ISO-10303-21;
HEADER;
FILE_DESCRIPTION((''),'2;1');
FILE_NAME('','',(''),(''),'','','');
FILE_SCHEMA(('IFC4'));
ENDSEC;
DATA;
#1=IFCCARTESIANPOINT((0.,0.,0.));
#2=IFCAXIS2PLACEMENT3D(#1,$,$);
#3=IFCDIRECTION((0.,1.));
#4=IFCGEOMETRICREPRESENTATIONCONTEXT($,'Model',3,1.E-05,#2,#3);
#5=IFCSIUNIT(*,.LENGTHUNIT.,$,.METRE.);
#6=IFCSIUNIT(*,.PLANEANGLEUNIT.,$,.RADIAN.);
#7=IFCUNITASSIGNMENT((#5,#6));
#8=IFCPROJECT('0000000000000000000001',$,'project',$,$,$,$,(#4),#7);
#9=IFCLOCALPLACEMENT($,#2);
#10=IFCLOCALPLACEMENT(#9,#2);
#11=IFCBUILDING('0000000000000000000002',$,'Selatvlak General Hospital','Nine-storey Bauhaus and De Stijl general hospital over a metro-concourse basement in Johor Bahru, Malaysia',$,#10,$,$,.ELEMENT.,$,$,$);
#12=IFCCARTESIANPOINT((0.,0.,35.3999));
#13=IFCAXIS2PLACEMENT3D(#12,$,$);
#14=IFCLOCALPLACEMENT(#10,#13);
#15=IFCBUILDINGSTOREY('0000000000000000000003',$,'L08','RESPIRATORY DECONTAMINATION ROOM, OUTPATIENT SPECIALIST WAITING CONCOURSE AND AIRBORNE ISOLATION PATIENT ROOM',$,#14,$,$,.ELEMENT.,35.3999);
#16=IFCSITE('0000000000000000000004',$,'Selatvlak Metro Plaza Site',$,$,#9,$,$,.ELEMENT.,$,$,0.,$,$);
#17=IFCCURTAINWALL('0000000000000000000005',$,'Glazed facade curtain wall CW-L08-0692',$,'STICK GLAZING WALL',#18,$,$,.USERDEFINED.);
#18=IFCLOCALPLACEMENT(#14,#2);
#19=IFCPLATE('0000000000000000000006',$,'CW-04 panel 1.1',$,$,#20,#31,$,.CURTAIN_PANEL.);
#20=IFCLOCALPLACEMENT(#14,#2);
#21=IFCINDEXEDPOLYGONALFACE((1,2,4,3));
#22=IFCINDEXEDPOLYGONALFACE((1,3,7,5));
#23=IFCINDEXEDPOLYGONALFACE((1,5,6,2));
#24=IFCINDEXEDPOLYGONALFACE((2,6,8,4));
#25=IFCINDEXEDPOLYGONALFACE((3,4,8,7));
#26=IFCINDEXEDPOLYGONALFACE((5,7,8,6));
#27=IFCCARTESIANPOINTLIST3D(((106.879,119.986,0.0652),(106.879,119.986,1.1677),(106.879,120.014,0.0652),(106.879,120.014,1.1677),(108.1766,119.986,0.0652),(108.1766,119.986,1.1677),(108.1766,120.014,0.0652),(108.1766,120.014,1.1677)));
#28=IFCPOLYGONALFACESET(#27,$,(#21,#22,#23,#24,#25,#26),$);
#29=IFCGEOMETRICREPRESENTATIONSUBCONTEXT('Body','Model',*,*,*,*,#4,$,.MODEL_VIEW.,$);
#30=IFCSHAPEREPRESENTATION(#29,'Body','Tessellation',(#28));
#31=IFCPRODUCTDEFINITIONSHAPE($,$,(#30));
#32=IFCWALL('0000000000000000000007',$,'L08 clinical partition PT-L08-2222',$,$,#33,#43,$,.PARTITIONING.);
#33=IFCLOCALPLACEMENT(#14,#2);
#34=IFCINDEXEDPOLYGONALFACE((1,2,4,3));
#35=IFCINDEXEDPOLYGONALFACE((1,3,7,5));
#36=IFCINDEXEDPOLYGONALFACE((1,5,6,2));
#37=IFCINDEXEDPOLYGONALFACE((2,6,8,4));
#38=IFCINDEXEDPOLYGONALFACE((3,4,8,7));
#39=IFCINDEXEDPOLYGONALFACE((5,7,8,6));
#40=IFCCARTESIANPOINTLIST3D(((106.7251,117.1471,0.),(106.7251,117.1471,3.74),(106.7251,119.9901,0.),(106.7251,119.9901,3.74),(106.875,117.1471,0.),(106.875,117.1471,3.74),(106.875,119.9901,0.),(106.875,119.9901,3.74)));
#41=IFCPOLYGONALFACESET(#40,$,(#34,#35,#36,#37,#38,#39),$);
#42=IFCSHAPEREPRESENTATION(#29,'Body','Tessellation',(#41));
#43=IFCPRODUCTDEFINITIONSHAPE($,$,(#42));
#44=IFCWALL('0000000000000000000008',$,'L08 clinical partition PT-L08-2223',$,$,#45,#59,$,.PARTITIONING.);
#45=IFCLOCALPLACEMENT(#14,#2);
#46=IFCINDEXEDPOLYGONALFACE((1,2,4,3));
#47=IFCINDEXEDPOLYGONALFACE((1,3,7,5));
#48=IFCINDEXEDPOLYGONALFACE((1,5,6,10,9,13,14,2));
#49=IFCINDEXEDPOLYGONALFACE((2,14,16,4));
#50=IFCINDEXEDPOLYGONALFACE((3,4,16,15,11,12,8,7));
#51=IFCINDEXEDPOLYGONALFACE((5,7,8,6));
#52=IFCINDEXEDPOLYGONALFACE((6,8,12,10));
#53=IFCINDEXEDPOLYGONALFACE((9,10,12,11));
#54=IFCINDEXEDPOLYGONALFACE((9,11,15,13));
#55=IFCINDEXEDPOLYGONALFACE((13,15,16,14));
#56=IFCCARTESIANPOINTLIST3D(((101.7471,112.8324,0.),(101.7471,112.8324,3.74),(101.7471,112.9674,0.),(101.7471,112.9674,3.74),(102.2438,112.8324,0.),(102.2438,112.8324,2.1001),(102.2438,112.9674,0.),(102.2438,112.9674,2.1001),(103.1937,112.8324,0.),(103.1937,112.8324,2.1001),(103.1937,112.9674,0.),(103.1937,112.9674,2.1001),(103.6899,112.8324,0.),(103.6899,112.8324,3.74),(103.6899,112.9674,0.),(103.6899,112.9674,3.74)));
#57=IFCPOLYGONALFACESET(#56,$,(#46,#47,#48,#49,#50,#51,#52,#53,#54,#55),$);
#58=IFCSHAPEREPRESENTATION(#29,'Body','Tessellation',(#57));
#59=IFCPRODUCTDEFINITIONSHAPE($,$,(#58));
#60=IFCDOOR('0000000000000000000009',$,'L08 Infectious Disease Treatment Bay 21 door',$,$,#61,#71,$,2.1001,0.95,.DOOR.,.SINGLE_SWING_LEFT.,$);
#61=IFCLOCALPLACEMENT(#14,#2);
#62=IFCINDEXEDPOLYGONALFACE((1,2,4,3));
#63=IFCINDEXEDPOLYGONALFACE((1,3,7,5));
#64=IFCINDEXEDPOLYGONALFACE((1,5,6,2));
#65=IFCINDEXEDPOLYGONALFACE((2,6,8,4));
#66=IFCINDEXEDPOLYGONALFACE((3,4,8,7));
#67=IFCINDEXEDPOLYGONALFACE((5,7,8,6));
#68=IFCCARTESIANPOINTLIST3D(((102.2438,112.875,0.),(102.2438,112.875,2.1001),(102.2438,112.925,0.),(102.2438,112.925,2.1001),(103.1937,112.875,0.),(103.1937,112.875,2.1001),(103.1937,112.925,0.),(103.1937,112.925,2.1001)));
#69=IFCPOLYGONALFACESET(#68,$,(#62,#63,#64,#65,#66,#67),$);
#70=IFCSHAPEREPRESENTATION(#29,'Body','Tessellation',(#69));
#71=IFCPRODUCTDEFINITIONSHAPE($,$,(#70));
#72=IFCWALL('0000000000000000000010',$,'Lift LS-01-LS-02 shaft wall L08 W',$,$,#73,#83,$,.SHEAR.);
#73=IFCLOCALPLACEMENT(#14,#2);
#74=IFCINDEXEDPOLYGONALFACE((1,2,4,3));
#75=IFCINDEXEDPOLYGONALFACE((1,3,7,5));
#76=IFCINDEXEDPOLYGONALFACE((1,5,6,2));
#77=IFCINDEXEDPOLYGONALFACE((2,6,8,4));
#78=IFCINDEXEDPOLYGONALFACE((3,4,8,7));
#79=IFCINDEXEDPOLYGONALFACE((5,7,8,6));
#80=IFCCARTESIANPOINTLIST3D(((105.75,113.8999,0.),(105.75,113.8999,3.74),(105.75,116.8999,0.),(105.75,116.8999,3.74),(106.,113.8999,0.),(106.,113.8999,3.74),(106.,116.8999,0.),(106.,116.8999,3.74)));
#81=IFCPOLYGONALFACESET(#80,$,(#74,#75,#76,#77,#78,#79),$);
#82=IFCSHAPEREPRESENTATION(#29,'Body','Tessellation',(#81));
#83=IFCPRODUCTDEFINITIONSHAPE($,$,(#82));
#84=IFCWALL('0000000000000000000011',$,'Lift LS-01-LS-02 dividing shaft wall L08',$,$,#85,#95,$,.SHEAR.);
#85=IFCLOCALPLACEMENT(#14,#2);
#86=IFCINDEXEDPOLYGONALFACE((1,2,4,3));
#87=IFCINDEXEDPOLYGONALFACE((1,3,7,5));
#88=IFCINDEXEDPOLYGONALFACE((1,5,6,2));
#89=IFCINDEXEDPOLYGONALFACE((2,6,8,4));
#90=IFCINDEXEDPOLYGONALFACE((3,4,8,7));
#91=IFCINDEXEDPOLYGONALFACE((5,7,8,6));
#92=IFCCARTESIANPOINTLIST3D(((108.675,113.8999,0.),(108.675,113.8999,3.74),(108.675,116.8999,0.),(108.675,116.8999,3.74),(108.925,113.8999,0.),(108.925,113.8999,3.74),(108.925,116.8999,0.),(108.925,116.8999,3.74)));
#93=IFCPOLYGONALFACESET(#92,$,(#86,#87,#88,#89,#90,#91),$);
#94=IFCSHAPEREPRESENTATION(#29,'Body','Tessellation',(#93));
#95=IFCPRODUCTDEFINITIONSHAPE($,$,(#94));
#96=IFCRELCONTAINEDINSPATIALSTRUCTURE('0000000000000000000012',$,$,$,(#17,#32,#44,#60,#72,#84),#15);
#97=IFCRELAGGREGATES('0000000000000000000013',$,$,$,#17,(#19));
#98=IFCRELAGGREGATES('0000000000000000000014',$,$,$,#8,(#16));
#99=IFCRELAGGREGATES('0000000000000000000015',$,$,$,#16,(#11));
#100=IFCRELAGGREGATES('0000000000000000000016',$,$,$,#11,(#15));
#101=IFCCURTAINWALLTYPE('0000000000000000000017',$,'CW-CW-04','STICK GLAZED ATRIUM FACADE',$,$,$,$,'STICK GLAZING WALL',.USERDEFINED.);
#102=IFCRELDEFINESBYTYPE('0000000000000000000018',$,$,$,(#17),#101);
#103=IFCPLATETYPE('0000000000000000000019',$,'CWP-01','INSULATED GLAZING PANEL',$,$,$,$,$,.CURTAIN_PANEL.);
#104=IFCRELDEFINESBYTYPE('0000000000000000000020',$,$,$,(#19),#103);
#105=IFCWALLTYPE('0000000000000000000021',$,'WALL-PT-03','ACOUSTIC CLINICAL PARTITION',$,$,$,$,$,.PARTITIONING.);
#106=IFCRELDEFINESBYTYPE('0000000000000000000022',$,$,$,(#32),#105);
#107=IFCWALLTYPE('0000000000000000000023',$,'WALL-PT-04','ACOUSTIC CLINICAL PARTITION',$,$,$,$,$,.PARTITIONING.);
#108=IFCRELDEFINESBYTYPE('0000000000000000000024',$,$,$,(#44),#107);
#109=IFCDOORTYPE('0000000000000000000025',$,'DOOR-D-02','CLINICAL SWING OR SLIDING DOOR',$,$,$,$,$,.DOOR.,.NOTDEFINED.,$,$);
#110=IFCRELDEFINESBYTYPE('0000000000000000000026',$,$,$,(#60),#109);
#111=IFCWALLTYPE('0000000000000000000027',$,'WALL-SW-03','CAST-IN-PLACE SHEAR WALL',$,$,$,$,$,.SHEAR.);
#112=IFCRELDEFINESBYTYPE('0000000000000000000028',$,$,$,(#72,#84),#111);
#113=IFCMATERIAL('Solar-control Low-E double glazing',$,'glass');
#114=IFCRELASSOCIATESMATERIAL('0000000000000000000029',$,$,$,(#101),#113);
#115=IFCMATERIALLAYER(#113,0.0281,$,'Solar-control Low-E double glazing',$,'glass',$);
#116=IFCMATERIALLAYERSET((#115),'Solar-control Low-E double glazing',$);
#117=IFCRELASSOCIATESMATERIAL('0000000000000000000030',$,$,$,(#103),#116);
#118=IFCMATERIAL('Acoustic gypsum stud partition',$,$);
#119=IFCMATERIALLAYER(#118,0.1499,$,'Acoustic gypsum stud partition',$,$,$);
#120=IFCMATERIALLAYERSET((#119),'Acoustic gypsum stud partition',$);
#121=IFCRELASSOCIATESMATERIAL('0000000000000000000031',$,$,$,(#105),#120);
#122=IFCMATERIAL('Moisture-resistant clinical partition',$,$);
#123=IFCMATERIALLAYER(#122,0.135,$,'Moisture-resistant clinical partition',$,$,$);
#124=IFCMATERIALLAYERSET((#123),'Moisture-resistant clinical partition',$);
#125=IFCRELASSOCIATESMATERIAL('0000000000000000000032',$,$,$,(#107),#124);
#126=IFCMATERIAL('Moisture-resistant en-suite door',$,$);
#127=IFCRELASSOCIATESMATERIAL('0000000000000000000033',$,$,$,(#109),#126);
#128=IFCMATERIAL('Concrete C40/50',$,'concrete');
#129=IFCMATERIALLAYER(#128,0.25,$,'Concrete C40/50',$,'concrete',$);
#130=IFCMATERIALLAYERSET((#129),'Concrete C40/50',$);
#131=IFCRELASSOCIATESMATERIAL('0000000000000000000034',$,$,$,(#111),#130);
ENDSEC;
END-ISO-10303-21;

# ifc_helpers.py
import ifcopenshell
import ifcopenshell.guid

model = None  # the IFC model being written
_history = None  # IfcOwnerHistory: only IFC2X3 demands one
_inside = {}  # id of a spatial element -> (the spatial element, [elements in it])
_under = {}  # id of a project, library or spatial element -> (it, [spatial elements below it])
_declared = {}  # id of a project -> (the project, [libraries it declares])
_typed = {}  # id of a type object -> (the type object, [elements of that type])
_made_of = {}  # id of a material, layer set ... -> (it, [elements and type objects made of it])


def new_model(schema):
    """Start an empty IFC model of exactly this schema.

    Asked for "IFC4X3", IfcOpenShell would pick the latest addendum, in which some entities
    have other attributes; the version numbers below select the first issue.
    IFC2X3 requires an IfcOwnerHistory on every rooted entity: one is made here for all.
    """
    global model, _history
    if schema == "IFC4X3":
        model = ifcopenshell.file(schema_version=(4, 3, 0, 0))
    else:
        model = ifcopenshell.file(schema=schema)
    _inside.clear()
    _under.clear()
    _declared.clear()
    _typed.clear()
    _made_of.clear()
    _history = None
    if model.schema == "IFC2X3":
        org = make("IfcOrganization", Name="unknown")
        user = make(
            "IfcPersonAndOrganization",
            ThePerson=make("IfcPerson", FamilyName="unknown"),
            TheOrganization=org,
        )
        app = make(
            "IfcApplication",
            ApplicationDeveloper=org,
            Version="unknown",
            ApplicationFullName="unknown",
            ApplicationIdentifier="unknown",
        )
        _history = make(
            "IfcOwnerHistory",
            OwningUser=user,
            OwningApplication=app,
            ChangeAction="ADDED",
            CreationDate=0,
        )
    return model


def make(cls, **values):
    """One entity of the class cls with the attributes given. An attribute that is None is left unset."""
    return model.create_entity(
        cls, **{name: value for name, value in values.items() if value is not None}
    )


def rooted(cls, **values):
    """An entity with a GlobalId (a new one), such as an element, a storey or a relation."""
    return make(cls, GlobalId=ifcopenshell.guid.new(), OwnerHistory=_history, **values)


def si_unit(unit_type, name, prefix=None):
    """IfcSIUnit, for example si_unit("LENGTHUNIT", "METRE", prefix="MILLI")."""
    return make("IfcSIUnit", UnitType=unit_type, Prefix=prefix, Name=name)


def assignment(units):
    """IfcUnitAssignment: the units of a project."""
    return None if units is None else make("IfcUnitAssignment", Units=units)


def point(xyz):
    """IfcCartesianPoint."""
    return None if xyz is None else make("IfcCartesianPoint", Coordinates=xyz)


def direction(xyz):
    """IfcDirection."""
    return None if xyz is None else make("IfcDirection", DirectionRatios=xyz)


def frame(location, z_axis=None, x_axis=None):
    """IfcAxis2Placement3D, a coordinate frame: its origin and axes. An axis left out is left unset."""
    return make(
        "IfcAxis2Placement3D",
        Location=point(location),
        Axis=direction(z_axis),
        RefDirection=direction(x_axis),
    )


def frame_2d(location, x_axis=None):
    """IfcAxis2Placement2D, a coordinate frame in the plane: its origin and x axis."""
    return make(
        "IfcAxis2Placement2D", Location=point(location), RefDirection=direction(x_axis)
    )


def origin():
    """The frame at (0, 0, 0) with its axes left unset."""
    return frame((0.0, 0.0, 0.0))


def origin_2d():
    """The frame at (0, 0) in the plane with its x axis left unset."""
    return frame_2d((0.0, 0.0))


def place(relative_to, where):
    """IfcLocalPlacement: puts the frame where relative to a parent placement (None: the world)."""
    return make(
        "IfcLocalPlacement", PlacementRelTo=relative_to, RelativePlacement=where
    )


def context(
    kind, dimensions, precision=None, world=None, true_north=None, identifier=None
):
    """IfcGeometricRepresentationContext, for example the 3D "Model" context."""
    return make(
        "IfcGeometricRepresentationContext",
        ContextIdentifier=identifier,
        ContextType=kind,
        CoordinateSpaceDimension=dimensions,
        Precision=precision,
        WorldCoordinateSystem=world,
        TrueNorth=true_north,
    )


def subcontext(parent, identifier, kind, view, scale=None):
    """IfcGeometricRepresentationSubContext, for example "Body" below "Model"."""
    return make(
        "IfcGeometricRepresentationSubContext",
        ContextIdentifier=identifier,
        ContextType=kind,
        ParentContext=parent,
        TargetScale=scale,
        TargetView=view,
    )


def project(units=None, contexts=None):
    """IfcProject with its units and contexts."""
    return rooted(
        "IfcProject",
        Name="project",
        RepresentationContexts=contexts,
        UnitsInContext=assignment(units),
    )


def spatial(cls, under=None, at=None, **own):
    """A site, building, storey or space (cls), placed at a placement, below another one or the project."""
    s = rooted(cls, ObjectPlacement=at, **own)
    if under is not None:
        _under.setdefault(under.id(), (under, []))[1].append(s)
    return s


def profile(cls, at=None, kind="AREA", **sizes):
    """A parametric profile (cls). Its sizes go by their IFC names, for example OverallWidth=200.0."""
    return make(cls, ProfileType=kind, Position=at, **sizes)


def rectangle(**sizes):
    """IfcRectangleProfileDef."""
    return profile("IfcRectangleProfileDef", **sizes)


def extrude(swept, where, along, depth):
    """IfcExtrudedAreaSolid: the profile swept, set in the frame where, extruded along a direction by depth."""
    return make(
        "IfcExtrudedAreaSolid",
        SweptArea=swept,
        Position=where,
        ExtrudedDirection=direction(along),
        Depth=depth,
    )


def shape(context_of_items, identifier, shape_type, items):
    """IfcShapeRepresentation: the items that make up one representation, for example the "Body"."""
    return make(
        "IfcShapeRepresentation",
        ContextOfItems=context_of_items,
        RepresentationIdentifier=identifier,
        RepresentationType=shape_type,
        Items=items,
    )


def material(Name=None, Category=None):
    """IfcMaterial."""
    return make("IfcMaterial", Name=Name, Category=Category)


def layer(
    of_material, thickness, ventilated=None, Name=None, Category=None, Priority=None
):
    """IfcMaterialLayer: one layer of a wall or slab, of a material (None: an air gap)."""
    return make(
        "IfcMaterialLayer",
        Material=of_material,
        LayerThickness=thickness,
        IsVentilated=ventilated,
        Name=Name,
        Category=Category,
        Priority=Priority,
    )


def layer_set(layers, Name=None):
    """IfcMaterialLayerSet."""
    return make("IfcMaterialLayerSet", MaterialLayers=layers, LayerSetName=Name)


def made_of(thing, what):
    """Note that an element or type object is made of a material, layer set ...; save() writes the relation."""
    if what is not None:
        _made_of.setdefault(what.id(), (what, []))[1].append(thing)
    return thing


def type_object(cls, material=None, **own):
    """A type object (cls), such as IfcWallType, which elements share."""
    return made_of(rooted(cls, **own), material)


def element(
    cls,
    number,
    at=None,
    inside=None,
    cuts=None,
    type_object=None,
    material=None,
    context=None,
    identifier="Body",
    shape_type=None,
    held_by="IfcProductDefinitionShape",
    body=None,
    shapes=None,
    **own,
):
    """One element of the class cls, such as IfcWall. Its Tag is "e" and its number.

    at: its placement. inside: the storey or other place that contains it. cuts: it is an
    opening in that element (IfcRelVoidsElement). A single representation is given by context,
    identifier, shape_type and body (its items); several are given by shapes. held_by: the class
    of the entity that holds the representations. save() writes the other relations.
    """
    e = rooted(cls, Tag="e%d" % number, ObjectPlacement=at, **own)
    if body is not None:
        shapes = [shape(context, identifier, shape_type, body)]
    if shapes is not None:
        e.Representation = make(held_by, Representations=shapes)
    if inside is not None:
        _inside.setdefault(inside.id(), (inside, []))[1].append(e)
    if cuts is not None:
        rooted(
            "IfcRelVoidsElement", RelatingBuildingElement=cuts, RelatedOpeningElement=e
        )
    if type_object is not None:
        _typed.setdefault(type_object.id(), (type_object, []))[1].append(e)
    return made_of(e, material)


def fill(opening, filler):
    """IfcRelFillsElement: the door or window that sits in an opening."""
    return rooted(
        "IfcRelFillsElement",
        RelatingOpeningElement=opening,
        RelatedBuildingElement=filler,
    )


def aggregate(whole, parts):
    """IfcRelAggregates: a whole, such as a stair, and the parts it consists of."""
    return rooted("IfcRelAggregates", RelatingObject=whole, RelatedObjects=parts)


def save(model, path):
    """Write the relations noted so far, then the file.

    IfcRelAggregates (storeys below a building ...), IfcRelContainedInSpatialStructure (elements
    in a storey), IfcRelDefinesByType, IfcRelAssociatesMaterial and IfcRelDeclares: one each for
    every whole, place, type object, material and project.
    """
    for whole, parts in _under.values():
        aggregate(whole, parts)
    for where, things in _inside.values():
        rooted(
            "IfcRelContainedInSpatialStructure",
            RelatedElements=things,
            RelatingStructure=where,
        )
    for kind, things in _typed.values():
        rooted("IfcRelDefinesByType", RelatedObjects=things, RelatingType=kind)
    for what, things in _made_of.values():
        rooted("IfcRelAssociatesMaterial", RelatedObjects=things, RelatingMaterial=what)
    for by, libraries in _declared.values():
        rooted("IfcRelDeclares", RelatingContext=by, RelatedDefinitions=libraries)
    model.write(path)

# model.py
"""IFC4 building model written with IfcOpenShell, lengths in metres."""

from ifc_helpers import new_model, si_unit, direction, frame, frame_2d, origin, origin_2d, place, context, subcontext, project, spatial, rectangle, extrude, material, layer, layer_set, type_object, element, fill, aggregate, save


model = new_model("IFC4")

# Units and contexts
model_context = context("Model", 3, precision=1e-05, world=origin(), true_north=direction((0.0, 1.0)))
body_context = subcontext(model_context, "Body", "Model", "MODEL_VIEW")
ifc_project = project(units=[si_unit("LENGTHUNIT", "METRE"), si_unit("PLANEANGLEUNIT", "RADIAN")], contexts=[model_context])

# Site, building, storey
site_placement = place(None, origin())
site = spatial("IfcSite", under=ifc_project, at=site_placement, Name="Selatvlak Metro Plaza Site", CompositionType="ELEMENT", RefElevation=0.0)
building_placement = place(site_placement, origin())
building = spatial("IfcBuilding", under=site, at=building_placement, Name="Selatvlak General Hospital", Description="Nine-storey Bauhaus and De Stijl general hospital over a metro-concourse basement in Johor Bahru, Malaysia", CompositionType="ELEMENT")
storey_placement = place(building_placement, frame((0.0, 0.0, 35.3999)))
storey = spatial("IfcBuildingStorey", under=building, at=storey_placement, Name="L08", Description="RESPIRATORY DECONTAMINATION ROOM, OUTPATIENT SPECIALIST WAITING CONCOURSE AND AIRBORNE ISOLATION PATIENT ROOM", CompositionType="ELEMENT", Elevation=35.3999)

# Shared definitions
ifc_material_1 = material(Name="Concrete C40/50", Category="concrete")

# Shared definitions
ifc_material_2 = material(Name="Solar-control Low-E double glazing", Category="glass")

# Curtain wall
curtain_wall_type_1 = type_object("IfcCurtainWallType", Name="CW-CW-04", Description="STICK GLAZED ATRIUM FACADE", ElementType="STICK GLAZING WALL", PredefinedType="USERDEFINED", material=ifc_material_2)
curtain_wall_1_placement = place(storey_placement, origin())
curtain_wall_1 = element("IfcCurtainWall", 1, at=curtain_wall_1_placement, inside=storey, type_object=curtain_wall_type_1, Name="Glazed facade curtain wall CW-L08-0692", ObjectType="STICK GLAZING WALL", PredefinedType="USERDEFINED")

# Plate
ifc_layer_1 = layer(ifc_material_2, 0.0281, Name="Solar-control Low-E double glazing", Category="glass")
ifc_layer_set_1 = layer_set([ifc_layer_1], Name="Solar-control Low-E double glazing")
plate_type = type_object("IfcPlateType", Name="CWP-01", Description="INSULATED GLAZING PANEL", PredefinedType="CURTAIN_PANEL", material=ifc_layer_set_1)
plate_1_placement = place(storey_placement, frame((107.5278, 120.0, 0.0652), z_axis=(0.0, 0.0, 1.0), x_axis=(1.0, 0.0, 0.0)))
plate_1 = element("IfcPlate", 2, at=plate_1_placement, type_object=plate_type, Name="CW-04 panel 1.1", PredefinedType="CURTAIN_PANEL", context=body_context, shape_type="SweptSolid", body=[
    extrude(rectangle(XDim=1.2976, YDim=0.0281, at=origin_2d()), origin(), (0.0, 0.0, 1.0), 1.1025),
])
aggregate(curtain_wall_1, [plate_1])

# Wall
ifc_material_3 = material(Name="Acoustic gypsum stud partition")
ifc_layer_2 = layer(ifc_material_3, 0.1499, Name="Acoustic gypsum stud partition")
ifc_layer_set_2 = layer_set([ifc_layer_2], Name="Acoustic gypsum stud partition")
wall_type_1 = type_object("IfcWallType", Name="WALL-PT-03", Description="ACOUSTIC CLINICAL PARTITION", PredefinedType="PARTITIONING", material=ifc_layer_set_2)
wall_1_placement = place(storey_placement, frame((106.8, 119.99, 0.0), z_axis=(0.0, 0.0, 1.0), x_axis=(0.0, -1.0, 0.0)))
element("IfcWall", 3, at=wall_1_placement, inside=storey, type_object=wall_type_1, Name="L08 clinical partition PT-L08-2222", PredefinedType="PARTITIONING", context=body_context, shape_type="SweptSolid", body=[
    extrude(rectangle(XDim=2.843, YDim=0.1499, at=frame_2d((1.4214, 0.0))), origin(), (0.0, 0.0, 1.0), 3.74),
])

# Wall, opening, door
ifc_material_4 = material(Name="Moisture-resistant clinical partition")
ifc_layer_3 = layer(ifc_material_4, 0.135, Name="Moisture-resistant clinical partition")
ifc_layer_set_3 = layer_set([ifc_layer_3], Name="Moisture-resistant clinical partition")
wall_type_2 = type_object("IfcWallType", Name="WALL-PT-04", Description="ACOUSTIC CLINICAL PARTITION", PredefinedType="PARTITIONING", material=ifc_layer_set_3)
wall_2_placement = place(storey_placement, frame((103.6899, 112.8999, 0.0), z_axis=(0.0, 0.0, 1.0), x_axis=(-1.0, 0.0, 0.0)))
wall_2 = element("IfcWall", 4, at=wall_2_placement, inside=storey, type_object=wall_type_2, Name="L08 clinical partition PT-L08-2223", PredefinedType="PARTITIONING", context=body_context, shape_type="SweptSolid", body=[
    extrude(rectangle(XDim=1.9429, YDim=0.135, at=frame_2d((0.9714, 0.0))), origin(), (0.0, 0.0, 1.0), 3.74),
])
opening_1_placement = place(wall_2_placement, frame((0.4961, 0.0, 0.0)))
opening_1 = element("IfcOpeningElement", 5, at=opening_1_placement, cuts=wall_2, PredefinedType="OPENING", context=body_context, shape_type="SweptSolid", body=[
    extrude(rectangle(XDim=0.95, YDim=2.1001, at=frame_2d((0.4751, 1.05))), frame((0.0, 0.0774, 0.0), z_axis=(0.0, -1.0, 0.0), x_axis=(1.0, 0.0, 0.0)), (0.0, 0.0, 1.0), 0.155),
])
ifc_material_5 = material(Name="Moisture-resistant en-suite door")
door_type_1 = type_object("IfcDoorType", Name="DOOR-D-02", Description="CLINICAL SWING OR SLIDING DOOR", OperationType="NOTDEFINED", PredefinedType="DOOR", material=ifc_material_5)
door_1_placement = place(opening_1_placement, origin())
door_1 = element("IfcDoor", 6, at=door_1_placement, inside=storey, type_object=door_type_1, Name="L08 Infectious Disease Treatment Bay 21 door", OperationType="SINGLE_SWING_LEFT", OverallHeight=2.1001, OverallWidth=0.95, PredefinedType="DOOR", context=body_context, shape_type="SweptSolid", body=[
    extrude(rectangle(XDim=0.95, YDim=2.1001, at=frame_2d((0.4751, 1.05))), frame((0.0, 0.0249, 0.0), z_axis=(0.0, -1.0, 0.0), x_axis=(1.0, 0.0, 0.0)), (0.0, 0.0, 1.0), 0.05),
])
fill(opening_1, door_1)

# Shared definitions
ifc_layer_4 = layer(ifc_material_1, 0.25, Name="Concrete C40/50", Category="concrete")
ifc_layer_set_4 = layer_set([ifc_layer_4], Name="Concrete C40/50")
wall_type_3 = type_object("IfcWallType", Name="WALL-SW-03", Description="CAST-IN-PLACE SHEAR WALL", PredefinedType="SHEAR", material=ifc_layer_set_4)

# Walls
for number, where, z_axis, x_axis, name in (
    (7, (105.875, 116.8999, 0.0), (0.0, 0.0, 1.0), (0.0, -1.0, 0.0), "Lift LS-01-LS-02 shaft wall L08 W"),
    (8, (108.8, 113.8999, 0.0), (0.0, 0.0, 1.0), (0.0, 1.0, 0.0), "Lift LS-01-LS-02 dividing shaft wall L08"),
):
    element("IfcWall", number, at=place(storey_placement, frame(where, z_axis=z_axis, x_axis=x_axis)), inside=storey, type_object=wall_type_3, Name=name, PredefinedType="SHEAR", context=body_context, shape_type="SweptSolid", body=[
        extrude(rectangle(XDim=3.0, YDim=0.25, at=frame_2d((1.5, 0.0))), origin(), (0.0, 0.0, 1.0), 3.74),
    ])

save(model, "model.ifc")
